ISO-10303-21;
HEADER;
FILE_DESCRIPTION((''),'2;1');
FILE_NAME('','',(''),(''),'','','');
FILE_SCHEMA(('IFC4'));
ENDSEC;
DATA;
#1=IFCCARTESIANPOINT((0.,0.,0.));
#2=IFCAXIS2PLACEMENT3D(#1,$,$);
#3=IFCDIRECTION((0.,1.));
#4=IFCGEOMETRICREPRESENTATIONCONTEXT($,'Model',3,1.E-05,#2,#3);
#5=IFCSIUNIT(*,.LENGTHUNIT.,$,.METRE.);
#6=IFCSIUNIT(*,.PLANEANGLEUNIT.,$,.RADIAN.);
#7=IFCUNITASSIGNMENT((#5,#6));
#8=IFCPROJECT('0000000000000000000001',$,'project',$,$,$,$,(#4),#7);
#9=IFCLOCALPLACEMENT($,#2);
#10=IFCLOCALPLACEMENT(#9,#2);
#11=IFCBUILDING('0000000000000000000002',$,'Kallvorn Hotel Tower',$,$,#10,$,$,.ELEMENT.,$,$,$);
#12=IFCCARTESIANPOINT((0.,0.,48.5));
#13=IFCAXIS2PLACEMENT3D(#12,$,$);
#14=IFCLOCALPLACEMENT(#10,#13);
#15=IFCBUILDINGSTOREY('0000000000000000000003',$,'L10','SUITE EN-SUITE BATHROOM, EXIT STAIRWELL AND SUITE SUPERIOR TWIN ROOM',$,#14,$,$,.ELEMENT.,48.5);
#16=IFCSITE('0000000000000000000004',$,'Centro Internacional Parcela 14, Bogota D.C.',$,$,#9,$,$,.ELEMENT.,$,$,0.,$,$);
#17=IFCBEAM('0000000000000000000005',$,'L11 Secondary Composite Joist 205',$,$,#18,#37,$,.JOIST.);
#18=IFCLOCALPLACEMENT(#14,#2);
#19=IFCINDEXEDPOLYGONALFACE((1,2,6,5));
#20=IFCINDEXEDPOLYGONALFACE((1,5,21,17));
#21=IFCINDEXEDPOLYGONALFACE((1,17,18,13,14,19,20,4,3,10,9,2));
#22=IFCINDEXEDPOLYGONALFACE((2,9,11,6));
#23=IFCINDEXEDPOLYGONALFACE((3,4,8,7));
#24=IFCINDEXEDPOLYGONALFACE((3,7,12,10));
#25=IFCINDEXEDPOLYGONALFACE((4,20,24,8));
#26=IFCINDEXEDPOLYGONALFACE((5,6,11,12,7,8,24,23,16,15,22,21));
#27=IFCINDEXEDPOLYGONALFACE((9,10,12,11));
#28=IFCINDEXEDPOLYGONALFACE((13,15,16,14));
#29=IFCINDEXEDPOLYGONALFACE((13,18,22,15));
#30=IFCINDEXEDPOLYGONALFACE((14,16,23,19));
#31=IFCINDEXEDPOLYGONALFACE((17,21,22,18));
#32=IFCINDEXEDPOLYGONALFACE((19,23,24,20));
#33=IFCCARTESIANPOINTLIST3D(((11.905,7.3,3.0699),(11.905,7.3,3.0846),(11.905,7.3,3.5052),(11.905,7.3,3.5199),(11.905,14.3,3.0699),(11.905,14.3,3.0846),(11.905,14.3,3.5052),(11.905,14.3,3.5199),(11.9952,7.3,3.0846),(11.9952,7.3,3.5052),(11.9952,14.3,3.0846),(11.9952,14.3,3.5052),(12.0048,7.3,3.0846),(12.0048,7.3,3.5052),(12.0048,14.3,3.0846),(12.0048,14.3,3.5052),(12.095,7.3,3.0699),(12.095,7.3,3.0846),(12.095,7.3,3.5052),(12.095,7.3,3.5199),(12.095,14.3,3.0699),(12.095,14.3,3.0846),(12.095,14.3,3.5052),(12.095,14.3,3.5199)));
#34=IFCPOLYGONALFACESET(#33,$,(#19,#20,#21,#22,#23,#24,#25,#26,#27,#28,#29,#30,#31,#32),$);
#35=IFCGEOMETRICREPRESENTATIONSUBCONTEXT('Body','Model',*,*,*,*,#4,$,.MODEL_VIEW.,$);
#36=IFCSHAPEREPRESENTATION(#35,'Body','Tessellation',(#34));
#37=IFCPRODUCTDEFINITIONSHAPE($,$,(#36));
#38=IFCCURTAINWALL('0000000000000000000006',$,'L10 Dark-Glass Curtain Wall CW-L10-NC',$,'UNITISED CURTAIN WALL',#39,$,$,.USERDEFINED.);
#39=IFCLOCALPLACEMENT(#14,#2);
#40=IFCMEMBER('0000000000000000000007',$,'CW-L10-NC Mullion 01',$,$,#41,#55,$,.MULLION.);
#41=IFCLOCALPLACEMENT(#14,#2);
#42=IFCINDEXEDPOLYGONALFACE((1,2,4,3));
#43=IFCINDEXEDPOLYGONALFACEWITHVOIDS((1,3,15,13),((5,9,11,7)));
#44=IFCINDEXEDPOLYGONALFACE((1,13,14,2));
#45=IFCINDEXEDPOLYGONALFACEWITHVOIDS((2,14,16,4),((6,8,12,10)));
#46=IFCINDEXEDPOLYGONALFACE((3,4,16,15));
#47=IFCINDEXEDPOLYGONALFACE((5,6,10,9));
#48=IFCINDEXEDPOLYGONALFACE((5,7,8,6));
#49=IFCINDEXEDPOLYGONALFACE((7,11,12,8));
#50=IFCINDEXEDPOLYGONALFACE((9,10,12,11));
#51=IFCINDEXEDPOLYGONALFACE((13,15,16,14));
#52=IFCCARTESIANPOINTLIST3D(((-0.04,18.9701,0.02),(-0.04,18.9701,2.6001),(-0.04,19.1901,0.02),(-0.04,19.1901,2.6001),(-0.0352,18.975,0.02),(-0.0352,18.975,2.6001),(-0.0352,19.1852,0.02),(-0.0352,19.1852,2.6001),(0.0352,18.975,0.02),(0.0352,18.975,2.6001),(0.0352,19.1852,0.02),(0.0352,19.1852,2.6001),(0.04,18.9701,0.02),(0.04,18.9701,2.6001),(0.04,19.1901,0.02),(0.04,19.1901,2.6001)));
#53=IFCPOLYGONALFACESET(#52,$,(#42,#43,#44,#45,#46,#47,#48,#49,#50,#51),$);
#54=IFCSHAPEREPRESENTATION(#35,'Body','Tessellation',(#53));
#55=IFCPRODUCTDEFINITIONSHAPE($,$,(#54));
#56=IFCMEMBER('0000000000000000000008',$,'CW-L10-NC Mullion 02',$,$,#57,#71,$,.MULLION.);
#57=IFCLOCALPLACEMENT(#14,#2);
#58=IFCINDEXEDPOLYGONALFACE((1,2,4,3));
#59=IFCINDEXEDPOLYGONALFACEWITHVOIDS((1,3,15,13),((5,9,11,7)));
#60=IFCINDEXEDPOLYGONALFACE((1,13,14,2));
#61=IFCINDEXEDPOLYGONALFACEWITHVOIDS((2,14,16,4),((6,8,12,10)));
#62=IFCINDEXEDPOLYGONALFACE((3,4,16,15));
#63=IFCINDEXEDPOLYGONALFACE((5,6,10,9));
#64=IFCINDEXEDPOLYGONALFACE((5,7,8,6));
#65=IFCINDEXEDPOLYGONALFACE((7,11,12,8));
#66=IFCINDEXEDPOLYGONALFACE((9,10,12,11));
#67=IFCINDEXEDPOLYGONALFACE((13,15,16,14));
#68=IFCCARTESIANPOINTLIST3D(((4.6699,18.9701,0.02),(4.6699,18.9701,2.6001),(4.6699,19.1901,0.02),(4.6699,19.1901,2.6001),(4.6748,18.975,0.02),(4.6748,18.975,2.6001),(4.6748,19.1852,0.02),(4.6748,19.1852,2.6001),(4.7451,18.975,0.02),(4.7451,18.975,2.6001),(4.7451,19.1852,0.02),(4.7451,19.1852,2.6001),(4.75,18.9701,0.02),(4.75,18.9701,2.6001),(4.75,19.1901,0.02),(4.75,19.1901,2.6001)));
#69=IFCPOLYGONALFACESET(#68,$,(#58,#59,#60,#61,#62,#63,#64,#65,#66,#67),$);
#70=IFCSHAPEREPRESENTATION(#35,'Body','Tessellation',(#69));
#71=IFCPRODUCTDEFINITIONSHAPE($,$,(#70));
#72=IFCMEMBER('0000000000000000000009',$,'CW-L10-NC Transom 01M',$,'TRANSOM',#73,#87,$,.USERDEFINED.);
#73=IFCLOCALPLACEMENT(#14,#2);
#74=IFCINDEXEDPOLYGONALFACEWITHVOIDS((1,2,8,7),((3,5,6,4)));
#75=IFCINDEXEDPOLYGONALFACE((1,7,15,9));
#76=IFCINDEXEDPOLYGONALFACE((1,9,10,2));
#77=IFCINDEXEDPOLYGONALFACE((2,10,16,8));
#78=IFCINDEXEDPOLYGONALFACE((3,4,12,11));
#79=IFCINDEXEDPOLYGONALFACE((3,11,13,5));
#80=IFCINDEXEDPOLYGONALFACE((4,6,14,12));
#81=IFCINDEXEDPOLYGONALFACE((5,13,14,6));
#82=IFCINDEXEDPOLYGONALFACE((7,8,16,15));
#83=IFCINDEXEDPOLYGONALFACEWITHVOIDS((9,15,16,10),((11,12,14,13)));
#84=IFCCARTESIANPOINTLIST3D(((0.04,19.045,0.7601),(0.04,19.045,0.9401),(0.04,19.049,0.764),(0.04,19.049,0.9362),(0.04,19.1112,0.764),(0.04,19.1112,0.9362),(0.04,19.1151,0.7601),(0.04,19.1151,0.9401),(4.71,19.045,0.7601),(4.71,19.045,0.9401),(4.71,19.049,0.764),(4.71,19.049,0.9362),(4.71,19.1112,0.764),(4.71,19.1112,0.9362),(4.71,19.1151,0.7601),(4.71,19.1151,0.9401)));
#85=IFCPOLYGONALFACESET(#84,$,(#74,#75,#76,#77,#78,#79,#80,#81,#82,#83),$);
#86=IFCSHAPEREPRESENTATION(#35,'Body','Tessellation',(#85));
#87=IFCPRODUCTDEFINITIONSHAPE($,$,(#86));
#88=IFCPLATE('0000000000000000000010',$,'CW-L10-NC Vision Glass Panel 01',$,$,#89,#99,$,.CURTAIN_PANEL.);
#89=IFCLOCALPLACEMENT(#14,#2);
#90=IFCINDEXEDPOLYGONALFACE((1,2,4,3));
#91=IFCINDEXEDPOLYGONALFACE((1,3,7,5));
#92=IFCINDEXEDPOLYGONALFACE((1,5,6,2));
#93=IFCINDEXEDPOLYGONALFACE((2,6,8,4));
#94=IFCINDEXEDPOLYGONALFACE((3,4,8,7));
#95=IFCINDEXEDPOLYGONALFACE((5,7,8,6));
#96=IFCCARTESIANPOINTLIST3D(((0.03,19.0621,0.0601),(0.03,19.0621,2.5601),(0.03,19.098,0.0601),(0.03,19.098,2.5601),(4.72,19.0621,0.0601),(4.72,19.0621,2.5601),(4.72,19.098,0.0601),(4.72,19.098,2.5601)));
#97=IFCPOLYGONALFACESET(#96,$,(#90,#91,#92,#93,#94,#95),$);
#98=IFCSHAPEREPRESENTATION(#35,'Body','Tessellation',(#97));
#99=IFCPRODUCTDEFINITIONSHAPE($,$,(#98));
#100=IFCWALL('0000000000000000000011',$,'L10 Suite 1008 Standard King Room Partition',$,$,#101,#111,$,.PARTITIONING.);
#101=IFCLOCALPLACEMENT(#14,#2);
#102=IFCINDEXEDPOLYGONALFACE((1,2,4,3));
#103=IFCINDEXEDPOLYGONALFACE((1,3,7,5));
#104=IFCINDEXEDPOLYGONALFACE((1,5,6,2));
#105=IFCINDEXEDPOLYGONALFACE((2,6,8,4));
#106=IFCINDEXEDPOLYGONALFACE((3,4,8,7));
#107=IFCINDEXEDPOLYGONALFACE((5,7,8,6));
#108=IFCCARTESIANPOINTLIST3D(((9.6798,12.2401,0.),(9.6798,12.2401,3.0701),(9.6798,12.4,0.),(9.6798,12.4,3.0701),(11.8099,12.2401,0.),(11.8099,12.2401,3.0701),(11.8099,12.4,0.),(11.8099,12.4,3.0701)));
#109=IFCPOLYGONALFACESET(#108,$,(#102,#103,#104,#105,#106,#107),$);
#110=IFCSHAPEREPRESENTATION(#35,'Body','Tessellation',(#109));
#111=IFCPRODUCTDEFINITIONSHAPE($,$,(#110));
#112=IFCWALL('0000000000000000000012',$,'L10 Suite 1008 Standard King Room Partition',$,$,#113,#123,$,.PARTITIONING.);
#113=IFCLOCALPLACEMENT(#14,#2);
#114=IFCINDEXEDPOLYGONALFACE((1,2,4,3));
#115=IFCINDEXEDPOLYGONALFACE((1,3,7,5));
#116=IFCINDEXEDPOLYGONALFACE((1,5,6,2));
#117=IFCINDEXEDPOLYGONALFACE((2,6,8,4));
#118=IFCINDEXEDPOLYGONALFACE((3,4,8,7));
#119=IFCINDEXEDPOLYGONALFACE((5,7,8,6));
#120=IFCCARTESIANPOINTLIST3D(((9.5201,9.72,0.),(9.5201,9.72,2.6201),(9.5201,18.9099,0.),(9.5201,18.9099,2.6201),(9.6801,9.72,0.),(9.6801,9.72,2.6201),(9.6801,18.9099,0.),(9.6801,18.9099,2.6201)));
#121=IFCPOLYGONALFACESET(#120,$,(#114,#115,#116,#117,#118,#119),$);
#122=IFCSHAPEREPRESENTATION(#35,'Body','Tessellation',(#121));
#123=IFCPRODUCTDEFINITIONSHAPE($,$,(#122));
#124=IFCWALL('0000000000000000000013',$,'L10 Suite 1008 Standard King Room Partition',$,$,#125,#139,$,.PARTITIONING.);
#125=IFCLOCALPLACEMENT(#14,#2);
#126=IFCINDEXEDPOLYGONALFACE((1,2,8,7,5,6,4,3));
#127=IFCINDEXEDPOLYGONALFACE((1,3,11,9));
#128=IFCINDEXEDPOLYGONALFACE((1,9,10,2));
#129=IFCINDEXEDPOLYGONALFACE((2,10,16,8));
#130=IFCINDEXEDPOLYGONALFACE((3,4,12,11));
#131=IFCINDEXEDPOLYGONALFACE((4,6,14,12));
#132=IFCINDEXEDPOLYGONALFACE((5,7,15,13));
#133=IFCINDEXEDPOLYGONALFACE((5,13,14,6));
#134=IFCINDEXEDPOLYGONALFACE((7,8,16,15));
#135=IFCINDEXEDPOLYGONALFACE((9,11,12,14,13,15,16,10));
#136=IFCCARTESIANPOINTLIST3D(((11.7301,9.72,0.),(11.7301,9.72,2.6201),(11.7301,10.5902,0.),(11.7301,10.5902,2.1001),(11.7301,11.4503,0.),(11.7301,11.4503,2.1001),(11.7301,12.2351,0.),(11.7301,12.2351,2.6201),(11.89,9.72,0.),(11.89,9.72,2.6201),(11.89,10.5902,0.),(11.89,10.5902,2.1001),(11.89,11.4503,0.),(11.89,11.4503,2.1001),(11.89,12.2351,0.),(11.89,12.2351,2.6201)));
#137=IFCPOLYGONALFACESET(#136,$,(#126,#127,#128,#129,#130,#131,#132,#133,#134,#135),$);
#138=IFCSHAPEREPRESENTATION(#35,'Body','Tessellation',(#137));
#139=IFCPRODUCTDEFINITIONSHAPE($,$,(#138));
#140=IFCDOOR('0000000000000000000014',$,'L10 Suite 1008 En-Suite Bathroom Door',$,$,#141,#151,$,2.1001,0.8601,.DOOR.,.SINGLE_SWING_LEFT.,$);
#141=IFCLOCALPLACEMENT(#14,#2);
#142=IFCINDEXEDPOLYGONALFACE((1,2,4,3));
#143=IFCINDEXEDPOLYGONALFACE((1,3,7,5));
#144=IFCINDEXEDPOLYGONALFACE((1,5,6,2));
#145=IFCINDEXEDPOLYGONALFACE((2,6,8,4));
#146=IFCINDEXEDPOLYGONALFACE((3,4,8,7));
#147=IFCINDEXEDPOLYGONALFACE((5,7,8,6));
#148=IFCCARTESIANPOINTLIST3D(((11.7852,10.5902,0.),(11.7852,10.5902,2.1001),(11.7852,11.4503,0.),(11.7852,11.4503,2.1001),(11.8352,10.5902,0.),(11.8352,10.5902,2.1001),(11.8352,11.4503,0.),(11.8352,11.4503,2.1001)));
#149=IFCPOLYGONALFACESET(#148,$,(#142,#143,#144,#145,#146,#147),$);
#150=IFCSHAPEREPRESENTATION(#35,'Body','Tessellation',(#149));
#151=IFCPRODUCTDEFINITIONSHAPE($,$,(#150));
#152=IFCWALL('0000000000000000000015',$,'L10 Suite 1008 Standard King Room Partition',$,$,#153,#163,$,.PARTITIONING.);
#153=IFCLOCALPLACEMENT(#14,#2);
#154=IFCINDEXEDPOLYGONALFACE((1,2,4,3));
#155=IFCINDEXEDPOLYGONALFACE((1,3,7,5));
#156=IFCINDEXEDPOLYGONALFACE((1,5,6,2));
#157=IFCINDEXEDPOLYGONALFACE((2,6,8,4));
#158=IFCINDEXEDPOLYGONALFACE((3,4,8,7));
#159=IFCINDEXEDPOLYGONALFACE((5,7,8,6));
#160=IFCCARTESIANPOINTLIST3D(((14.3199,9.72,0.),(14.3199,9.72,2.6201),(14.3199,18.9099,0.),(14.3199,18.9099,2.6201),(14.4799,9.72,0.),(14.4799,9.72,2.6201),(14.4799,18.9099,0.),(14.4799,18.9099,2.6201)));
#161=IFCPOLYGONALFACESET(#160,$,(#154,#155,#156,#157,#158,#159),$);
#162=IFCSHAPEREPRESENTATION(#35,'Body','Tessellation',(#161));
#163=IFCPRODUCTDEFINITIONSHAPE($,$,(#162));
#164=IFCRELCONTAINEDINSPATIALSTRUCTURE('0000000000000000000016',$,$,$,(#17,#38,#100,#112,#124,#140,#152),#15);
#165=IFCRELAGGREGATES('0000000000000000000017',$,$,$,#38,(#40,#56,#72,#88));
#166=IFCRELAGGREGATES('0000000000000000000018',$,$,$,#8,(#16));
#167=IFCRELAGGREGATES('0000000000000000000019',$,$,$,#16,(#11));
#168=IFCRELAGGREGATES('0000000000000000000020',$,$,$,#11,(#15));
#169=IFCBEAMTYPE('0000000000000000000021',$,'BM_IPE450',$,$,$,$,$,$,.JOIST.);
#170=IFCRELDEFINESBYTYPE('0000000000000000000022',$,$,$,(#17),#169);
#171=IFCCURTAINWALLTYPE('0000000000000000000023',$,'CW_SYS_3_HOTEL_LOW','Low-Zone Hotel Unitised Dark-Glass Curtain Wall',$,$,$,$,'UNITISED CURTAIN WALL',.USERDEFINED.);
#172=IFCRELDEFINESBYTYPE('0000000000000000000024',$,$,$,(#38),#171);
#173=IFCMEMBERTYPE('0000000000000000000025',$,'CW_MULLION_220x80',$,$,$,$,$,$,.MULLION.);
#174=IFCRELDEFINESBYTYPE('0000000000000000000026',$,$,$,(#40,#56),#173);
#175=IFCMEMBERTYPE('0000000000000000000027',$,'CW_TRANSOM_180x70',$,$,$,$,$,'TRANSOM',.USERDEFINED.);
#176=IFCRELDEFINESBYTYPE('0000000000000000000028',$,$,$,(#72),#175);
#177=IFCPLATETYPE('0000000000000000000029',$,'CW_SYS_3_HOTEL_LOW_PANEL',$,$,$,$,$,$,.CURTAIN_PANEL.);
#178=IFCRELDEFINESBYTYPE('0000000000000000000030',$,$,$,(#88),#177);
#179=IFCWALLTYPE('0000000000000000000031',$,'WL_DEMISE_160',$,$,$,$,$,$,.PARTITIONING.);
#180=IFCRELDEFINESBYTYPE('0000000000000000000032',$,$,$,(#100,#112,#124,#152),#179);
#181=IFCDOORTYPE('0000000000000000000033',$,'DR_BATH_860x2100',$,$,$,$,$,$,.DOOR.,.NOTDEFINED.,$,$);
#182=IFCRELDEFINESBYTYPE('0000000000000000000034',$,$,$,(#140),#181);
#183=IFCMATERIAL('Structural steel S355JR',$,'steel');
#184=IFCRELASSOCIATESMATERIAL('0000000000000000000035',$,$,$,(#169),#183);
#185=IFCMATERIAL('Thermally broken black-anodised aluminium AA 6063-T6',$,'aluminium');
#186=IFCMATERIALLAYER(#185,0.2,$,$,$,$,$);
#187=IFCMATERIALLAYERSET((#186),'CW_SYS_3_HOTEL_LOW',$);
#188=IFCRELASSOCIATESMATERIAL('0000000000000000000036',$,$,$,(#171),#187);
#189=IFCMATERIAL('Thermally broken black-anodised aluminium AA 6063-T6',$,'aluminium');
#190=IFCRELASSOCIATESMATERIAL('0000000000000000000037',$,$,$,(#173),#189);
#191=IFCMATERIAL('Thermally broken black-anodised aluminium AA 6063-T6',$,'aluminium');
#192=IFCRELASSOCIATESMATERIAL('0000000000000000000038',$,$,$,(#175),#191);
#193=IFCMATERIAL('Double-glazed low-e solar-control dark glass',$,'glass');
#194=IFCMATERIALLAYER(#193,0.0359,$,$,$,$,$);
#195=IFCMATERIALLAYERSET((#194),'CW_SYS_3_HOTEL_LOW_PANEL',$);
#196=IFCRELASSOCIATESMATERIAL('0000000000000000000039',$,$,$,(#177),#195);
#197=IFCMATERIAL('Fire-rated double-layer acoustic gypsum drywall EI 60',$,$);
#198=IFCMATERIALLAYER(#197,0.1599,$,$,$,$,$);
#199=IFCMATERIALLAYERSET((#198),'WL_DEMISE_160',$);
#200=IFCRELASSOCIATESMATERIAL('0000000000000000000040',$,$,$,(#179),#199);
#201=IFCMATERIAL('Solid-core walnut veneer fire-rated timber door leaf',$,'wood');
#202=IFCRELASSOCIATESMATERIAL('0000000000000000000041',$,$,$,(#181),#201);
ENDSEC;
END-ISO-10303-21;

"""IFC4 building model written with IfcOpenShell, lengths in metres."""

from ifc_helpers import new_model, si_unit, direction, frame, frame_2d, origin, origin_2d, place, context, subcontext, project, spatial, rectangle, hollow_rectangle, i_section, extrude, material, layer, layer_set, material_profile, profile_set, type_object, element, fill, aggregate, save


model = new_model("IFC4")

# Units and contexts
model_context = context("Model", 3, precision=1e-05, world=origin(), true_north=direction((0.0, 1.0)))
body_context = subcontext(model_context, "Body", "Model", "MODEL_VIEW")
ifc_project = project(units=[si_unit("LENGTHUNIT", "METRE"), si_unit("PLANEANGLEUNIT", "RADIAN")], contexts=[model_context])

# Site, building, storey
site_placement = place(None, origin())
site = spatial("IfcSite", under=ifc_project, at=site_placement, Name="Centro Internacional Parcela 14, Bogota D.C.", CompositionType="ELEMENT", RefElevation=0.0)
building_placement = place(site_placement, origin())
building = spatial("IfcBuilding", under=site, at=building_placement, Name="Kallvorn Hotel Tower", CompositionType="ELEMENT")
storey_placement = place(building_placement, frame((0.0, 0.0, 48.5)))
storey = spatial("IfcBuildingStorey", under=building, at=storey_placement, Name="L10", Description="SUITE EN-SUITE BATHROOM, EXIT STAIRWELL AND SUITE SUPERIOR TWIN ROOM", CompositionType="ELEMENT", Elevation=48.5)

# Beam
ifc_material_1 = material(Name="Structural steel S355JR", Category="steel")
ifc_material_profile_1 = material_profile(ifc_material_1, i_section(OverallWidth=0.1899, OverallDepth=0.45, WebThickness=0.0095, FlangeThickness=0.0146, at=origin_2d()), Name="IPE 450")
ifc_profile_set_1 = profile_set([ifc_material_profile_1], Name="Structural steel S355JR")
beam_type_1 = type_object("IfcBeamType", Name="BM_IPE450", PredefinedType="JOIST", material=ifc_profile_set_1)
for number, where, z_axis, x_axis, name in (
    (1, (12.0, 7.3, 3.2949), (0.0, 1.0, 0.0), (-1.0, 0.0, 0.0), "L11 Secondary Composite Joist 205"),
):
    element("IfcBeam", number, at=place(storey_placement, frame(where, z_axis=z_axis, x_axis=x_axis)), inside=storey, type_object=beam_type_1, Name=name, PredefinedType="JOIST", context=body_context, shape_type="SweptSolid", body=[
        extrude(i_section(OverallWidth=0.1899, OverallDepth=0.45, WebThickness=0.0095, FlangeThickness=0.0146, at=origin_2d()), origin(), (0.0, 0.0, 1.0), 7.0),
    ])

# Curtain wall, members, plate
ifc_material_2 = material(Name="Thermally broken black-anodised aluminium AA 6063-T6", Category="aluminium")
ifc_layer_1 = layer(ifc_material_2, 0.2)
ifc_layer_set_1 = layer_set([ifc_layer_1], Name="CW_SYS_3_HOTEL_LOW")
curtain_wall_type = type_object("IfcCurtainWallType", Name="CW_SYS_3_HOTEL_LOW", Description="Low-Zone Hotel Unitised Dark-Glass Curtain Wall", ElementType="UNITISED CURTAIN WALL", PredefinedType="USERDEFINED", material=ifc_layer_set_1)
curtain_wall_placement = place(storey_placement, origin())
curtain_wall = element("IfcCurtainWall", 2, at=curtain_wall_placement, inside=storey, type_object=curtain_wall_type, Name="L10 Dark-Glass Curtain Wall CW-L10-NC", ObjectType="UNITISED CURTAIN WALL", PredefinedType="USERDEFINED")
ifc_material_3 = material(Name="Thermally broken black-anodised aluminium AA 6063-T6", Category="aluminium")
ifc_material_profile_2 = material_profile(ifc_material_3, hollow_rectangle(XDim=0.0801, YDim=0.22, WallThickness=0.0049, at=origin_2d()), Name="MUL 220x80")
ifc_profile_set_2 = profile_set([ifc_material_profile_2], Name="Thermally broken black-anodised aluminium AA 6063-T6")
member_type_1 = type_object("IfcMemberType", Name="CW_MULLION_220x80", PredefinedType="MULLION", material=ifc_profile_set_2)
member_1_placement = place(storey_placement, frame((0.0, 19.0801, 0.02), z_axis=(0.0, 0.0, 1.0), x_axis=(1.0, 0.0, 0.0)))
member_1 = element("IfcMember", 3, at=member_1_placement, type_object=member_type_1, Name="CW-L10-NC Mullion 01", PredefinedType="MULLION", context=body_context, shape_type="SweptSolid", body=[
    extrude(hollow_rectangle(XDim=0.0801, YDim=0.22, WallThickness=0.0049, at=origin_2d()), origin(), (0.0, 0.0, 1.0), 2.5801),
])
member_2_placement = place(storey_placement, frame((4.71, 19.0801, 0.02), z_axis=(0.0, 0.0, 1.0), x_axis=(1.0, 0.0, 0.0)))
member_2 = element("IfcMember", 4, at=member_2_placement, type_object=member_type_1, Name="CW-L10-NC Mullion 02", PredefinedType="MULLION", context=body_context, shape_type="SweptSolid", body=[
    extrude(hollow_rectangle(XDim=0.0801, YDim=0.22, WallThickness=0.0049, at=origin_2d()), origin(), (0.0, 0.0, 1.0), 2.5801),
])
ifc_material_4 = material(Name="Thermally broken black-anodised aluminium AA 6063-T6", Category="aluminium")
ifc_material_profile_3 = material_profile(ifc_material_4, hollow_rectangle(XDim=0.0701, YDim=0.1799, WallThickness=0.0039, at=origin_2d()), Name="TRN 180x70")
ifc_profile_set_3 = profile_set([ifc_material_profile_3], Name="Thermally broken black-anodised aluminium AA 6063-T6")
member_type_2 = type_object("IfcMemberType", Name="CW_TRANSOM_180x70", ElementType="TRANSOM", PredefinedType="USERDEFINED", material=ifc_profile_set_3)
member_3_placement = place(storey_placement, frame((0.04, 19.0801, 0.8501), z_axis=(1.0, 0.0, 0.0), x_axis=(0.0, 1.0, 0.0)))
member_3 = element("IfcMember", 5, at=member_3_placement, type_object=member_type_2, Name="CW-L10-NC Transom 01M", ObjectType="TRANSOM", PredefinedType="USERDEFINED", context=body_context, shape_type="SweptSolid", body=[
    extrude(hollow_rectangle(XDim=0.0701, YDim=0.1799, WallThickness=0.0039, at=origin_2d()), origin(), (0.0, 0.0, 1.0), 4.6699),
])
ifc_material_5 = material(Name="Double-glazed low-e solar-control dark glass", Category="glass")
ifc_layer_2 = layer(ifc_material_5, 0.0359)
ifc_layer_set_2 = layer_set([ifc_layer_2], Name="CW_SYS_3_HOTEL_LOW_PANEL")
plate_type = type_object("IfcPlateType", Name="CW_SYS_3_HOTEL_LOW_PANEL", PredefinedType="CURTAIN_PANEL", material=ifc_layer_set_2)
plate_placement = place(storey_placement, frame((2.375, 19.0801, 0.0601), z_axis=(0.0, 0.0, 1.0), x_axis=(1.0, 0.0, 0.0)))
plate = element("IfcPlate", 6, at=plate_placement, type_object=plate_type, Name="CW-L10-NC Vision Glass Panel 01", PredefinedType="CURTAIN_PANEL", context=body_context, shape_type="SweptSolid", body=[
    extrude(rectangle(XDim=4.6899, YDim=0.0359, at=origin_2d()), origin(), (0.0, 0.0, 1.0), 2.5),
])
aggregate(curtain_wall, [member_1, member_2, member_3, plate])

# Walls
ifc_material_6 = material(Name="Fire-rated double-layer acoustic gypsum drywall EI 60")
ifc_layer_3 = layer(ifc_material_6, 0.1599)
ifc_layer_set_3 = layer_set([ifc_layer_3], Name="WL_DEMISE_160")
wall_type_1 = type_object("IfcWallType", Name="WL_DEMISE_160", PredefinedType="PARTITIONING", material=ifc_layer_set_3)
wall_1_placement = place(storey_placement, frame((9.6799, 12.3201, 0.0), z_axis=(0.0, 0.0, 1.0), x_axis=(1.0, 0.0, 0.0)))
element("IfcWall", 7, at=wall_1_placement, inside=storey, type_object=wall_type_1, Name="L10 Suite 1008 Standard King Room Partition", PredefinedType="PARTITIONING", context=body_context, shape_type="SweptSolid", body=[
    extrude(rectangle(XDim=2.1301, YDim=0.1599, at=frame_2d((1.0649, 0.0))), origin(), (0.0, 0.0, 1.0), 3.0701),
])
wall_2_placement = place(storey_placement, frame((9.6001, 9.72, 0.0), z_axis=(0.0, 0.0, 1.0), x_axis=(0.0, 1.0, 0.0)))
element("IfcWall", 8, at=wall_2_placement, inside=storey, type_object=wall_type_1, Name="L10 Suite 1008 Standard King Room Partition", PredefinedType="PARTITIONING", context=body_context, shape_type="SweptSolid", body=[
    extrude(rectangle(XDim=9.1899, YDim=0.1599, at=frame_2d((4.595, 0.0))), origin(), (0.0, 0.0, 1.0), 2.6201),
])

# Wall, opening, door
wall_3_placement = place(storey_placement, frame((11.8101, 9.72, 0.0), z_axis=(0.0, 0.0, 1.0), x_axis=(0.0, 1.0, 0.0)))
wall_3 = element("IfcWall", 9, at=wall_3_placement, inside=storey, type_object=wall_type_1, Name="L10 Suite 1008 Standard King Room Partition", PredefinedType="PARTITIONING", context=body_context, shape_type="SweptSolid", body=[
    extrude(rectangle(XDim=2.5151, YDim=0.1599, at=frame_2d((1.2576, 0.0))), origin(), (0.0, 0.0, 1.0), 2.6201),
])
opening_1_placement = place(wall_3_placement, frame((0.8701, 0.0, 0.0)))
opening_1 = element("IfcOpeningElement", 10, at=opening_1_placement, cuts=wall_3, PredefinedType="OPENING", context=body_context, shape_type="SweptSolid", body=[
    extrude(rectangle(XDim=0.8601, YDim=2.1001, at=frame_2d((0.4302, 1.05))), frame((0.0, 0.095, 0.0), z_axis=(0.0, -1.0, 0.0), x_axis=(1.0, 0.0, 0.0)), (0.0, 0.0, 1.0), 0.1899),
])
ifc_material_7 = material(Name="Solid-core walnut veneer fire-rated timber door leaf", Category="wood")
door_type = type_object("IfcDoorType", Name="DR_BATH_860x2100", OperationType="NOTDEFINED", PredefinedType="DOOR", material=ifc_material_7)
door_placement = place(opening_1_placement, origin())
door = element("IfcDoor", 11, at=door_placement, inside=storey, type_object=door_type, Name="L10 Suite 1008 En-Suite Bathroom Door", OperationType="SINGLE_SWING_LEFT", OverallHeight=2.1001, OverallWidth=0.8601, PredefinedType="DOOR", context=body_context, shape_type="SweptSolid", body=[
    extrude(rectangle(XDim=0.8601, YDim=2.1001, at=frame_2d((0.4302, 1.05))), frame((0.0, 0.0249, 0.0), z_axis=(0.0, -1.0, 0.0), x_axis=(1.0, 0.0, 0.0)), (0.0, 0.0, 1.0), 0.05),
])
fill(opening_1, door)

# Wall
wall_4_placement = place(storey_placement, frame((14.3999, 9.72, 0.0), z_axis=(0.0, 0.0, 1.0), x_axis=(0.0, 1.0, 0.0)))
element("IfcWall", 12, at=wall_4_placement, inside=storey, type_object=wall_type_1, Name="L10 Suite 1008 Standard King Room Partition", PredefinedType="PARTITIONING", context=body_context, shape_type="SweptSolid", body=[
    extrude(rectangle(XDim=9.1899, YDim=0.1599, at=frame_2d((4.595, 0.0))), origin(), (0.0, 0.0, 1.0), 2.6201),
])

save(model, "model.ifc")
